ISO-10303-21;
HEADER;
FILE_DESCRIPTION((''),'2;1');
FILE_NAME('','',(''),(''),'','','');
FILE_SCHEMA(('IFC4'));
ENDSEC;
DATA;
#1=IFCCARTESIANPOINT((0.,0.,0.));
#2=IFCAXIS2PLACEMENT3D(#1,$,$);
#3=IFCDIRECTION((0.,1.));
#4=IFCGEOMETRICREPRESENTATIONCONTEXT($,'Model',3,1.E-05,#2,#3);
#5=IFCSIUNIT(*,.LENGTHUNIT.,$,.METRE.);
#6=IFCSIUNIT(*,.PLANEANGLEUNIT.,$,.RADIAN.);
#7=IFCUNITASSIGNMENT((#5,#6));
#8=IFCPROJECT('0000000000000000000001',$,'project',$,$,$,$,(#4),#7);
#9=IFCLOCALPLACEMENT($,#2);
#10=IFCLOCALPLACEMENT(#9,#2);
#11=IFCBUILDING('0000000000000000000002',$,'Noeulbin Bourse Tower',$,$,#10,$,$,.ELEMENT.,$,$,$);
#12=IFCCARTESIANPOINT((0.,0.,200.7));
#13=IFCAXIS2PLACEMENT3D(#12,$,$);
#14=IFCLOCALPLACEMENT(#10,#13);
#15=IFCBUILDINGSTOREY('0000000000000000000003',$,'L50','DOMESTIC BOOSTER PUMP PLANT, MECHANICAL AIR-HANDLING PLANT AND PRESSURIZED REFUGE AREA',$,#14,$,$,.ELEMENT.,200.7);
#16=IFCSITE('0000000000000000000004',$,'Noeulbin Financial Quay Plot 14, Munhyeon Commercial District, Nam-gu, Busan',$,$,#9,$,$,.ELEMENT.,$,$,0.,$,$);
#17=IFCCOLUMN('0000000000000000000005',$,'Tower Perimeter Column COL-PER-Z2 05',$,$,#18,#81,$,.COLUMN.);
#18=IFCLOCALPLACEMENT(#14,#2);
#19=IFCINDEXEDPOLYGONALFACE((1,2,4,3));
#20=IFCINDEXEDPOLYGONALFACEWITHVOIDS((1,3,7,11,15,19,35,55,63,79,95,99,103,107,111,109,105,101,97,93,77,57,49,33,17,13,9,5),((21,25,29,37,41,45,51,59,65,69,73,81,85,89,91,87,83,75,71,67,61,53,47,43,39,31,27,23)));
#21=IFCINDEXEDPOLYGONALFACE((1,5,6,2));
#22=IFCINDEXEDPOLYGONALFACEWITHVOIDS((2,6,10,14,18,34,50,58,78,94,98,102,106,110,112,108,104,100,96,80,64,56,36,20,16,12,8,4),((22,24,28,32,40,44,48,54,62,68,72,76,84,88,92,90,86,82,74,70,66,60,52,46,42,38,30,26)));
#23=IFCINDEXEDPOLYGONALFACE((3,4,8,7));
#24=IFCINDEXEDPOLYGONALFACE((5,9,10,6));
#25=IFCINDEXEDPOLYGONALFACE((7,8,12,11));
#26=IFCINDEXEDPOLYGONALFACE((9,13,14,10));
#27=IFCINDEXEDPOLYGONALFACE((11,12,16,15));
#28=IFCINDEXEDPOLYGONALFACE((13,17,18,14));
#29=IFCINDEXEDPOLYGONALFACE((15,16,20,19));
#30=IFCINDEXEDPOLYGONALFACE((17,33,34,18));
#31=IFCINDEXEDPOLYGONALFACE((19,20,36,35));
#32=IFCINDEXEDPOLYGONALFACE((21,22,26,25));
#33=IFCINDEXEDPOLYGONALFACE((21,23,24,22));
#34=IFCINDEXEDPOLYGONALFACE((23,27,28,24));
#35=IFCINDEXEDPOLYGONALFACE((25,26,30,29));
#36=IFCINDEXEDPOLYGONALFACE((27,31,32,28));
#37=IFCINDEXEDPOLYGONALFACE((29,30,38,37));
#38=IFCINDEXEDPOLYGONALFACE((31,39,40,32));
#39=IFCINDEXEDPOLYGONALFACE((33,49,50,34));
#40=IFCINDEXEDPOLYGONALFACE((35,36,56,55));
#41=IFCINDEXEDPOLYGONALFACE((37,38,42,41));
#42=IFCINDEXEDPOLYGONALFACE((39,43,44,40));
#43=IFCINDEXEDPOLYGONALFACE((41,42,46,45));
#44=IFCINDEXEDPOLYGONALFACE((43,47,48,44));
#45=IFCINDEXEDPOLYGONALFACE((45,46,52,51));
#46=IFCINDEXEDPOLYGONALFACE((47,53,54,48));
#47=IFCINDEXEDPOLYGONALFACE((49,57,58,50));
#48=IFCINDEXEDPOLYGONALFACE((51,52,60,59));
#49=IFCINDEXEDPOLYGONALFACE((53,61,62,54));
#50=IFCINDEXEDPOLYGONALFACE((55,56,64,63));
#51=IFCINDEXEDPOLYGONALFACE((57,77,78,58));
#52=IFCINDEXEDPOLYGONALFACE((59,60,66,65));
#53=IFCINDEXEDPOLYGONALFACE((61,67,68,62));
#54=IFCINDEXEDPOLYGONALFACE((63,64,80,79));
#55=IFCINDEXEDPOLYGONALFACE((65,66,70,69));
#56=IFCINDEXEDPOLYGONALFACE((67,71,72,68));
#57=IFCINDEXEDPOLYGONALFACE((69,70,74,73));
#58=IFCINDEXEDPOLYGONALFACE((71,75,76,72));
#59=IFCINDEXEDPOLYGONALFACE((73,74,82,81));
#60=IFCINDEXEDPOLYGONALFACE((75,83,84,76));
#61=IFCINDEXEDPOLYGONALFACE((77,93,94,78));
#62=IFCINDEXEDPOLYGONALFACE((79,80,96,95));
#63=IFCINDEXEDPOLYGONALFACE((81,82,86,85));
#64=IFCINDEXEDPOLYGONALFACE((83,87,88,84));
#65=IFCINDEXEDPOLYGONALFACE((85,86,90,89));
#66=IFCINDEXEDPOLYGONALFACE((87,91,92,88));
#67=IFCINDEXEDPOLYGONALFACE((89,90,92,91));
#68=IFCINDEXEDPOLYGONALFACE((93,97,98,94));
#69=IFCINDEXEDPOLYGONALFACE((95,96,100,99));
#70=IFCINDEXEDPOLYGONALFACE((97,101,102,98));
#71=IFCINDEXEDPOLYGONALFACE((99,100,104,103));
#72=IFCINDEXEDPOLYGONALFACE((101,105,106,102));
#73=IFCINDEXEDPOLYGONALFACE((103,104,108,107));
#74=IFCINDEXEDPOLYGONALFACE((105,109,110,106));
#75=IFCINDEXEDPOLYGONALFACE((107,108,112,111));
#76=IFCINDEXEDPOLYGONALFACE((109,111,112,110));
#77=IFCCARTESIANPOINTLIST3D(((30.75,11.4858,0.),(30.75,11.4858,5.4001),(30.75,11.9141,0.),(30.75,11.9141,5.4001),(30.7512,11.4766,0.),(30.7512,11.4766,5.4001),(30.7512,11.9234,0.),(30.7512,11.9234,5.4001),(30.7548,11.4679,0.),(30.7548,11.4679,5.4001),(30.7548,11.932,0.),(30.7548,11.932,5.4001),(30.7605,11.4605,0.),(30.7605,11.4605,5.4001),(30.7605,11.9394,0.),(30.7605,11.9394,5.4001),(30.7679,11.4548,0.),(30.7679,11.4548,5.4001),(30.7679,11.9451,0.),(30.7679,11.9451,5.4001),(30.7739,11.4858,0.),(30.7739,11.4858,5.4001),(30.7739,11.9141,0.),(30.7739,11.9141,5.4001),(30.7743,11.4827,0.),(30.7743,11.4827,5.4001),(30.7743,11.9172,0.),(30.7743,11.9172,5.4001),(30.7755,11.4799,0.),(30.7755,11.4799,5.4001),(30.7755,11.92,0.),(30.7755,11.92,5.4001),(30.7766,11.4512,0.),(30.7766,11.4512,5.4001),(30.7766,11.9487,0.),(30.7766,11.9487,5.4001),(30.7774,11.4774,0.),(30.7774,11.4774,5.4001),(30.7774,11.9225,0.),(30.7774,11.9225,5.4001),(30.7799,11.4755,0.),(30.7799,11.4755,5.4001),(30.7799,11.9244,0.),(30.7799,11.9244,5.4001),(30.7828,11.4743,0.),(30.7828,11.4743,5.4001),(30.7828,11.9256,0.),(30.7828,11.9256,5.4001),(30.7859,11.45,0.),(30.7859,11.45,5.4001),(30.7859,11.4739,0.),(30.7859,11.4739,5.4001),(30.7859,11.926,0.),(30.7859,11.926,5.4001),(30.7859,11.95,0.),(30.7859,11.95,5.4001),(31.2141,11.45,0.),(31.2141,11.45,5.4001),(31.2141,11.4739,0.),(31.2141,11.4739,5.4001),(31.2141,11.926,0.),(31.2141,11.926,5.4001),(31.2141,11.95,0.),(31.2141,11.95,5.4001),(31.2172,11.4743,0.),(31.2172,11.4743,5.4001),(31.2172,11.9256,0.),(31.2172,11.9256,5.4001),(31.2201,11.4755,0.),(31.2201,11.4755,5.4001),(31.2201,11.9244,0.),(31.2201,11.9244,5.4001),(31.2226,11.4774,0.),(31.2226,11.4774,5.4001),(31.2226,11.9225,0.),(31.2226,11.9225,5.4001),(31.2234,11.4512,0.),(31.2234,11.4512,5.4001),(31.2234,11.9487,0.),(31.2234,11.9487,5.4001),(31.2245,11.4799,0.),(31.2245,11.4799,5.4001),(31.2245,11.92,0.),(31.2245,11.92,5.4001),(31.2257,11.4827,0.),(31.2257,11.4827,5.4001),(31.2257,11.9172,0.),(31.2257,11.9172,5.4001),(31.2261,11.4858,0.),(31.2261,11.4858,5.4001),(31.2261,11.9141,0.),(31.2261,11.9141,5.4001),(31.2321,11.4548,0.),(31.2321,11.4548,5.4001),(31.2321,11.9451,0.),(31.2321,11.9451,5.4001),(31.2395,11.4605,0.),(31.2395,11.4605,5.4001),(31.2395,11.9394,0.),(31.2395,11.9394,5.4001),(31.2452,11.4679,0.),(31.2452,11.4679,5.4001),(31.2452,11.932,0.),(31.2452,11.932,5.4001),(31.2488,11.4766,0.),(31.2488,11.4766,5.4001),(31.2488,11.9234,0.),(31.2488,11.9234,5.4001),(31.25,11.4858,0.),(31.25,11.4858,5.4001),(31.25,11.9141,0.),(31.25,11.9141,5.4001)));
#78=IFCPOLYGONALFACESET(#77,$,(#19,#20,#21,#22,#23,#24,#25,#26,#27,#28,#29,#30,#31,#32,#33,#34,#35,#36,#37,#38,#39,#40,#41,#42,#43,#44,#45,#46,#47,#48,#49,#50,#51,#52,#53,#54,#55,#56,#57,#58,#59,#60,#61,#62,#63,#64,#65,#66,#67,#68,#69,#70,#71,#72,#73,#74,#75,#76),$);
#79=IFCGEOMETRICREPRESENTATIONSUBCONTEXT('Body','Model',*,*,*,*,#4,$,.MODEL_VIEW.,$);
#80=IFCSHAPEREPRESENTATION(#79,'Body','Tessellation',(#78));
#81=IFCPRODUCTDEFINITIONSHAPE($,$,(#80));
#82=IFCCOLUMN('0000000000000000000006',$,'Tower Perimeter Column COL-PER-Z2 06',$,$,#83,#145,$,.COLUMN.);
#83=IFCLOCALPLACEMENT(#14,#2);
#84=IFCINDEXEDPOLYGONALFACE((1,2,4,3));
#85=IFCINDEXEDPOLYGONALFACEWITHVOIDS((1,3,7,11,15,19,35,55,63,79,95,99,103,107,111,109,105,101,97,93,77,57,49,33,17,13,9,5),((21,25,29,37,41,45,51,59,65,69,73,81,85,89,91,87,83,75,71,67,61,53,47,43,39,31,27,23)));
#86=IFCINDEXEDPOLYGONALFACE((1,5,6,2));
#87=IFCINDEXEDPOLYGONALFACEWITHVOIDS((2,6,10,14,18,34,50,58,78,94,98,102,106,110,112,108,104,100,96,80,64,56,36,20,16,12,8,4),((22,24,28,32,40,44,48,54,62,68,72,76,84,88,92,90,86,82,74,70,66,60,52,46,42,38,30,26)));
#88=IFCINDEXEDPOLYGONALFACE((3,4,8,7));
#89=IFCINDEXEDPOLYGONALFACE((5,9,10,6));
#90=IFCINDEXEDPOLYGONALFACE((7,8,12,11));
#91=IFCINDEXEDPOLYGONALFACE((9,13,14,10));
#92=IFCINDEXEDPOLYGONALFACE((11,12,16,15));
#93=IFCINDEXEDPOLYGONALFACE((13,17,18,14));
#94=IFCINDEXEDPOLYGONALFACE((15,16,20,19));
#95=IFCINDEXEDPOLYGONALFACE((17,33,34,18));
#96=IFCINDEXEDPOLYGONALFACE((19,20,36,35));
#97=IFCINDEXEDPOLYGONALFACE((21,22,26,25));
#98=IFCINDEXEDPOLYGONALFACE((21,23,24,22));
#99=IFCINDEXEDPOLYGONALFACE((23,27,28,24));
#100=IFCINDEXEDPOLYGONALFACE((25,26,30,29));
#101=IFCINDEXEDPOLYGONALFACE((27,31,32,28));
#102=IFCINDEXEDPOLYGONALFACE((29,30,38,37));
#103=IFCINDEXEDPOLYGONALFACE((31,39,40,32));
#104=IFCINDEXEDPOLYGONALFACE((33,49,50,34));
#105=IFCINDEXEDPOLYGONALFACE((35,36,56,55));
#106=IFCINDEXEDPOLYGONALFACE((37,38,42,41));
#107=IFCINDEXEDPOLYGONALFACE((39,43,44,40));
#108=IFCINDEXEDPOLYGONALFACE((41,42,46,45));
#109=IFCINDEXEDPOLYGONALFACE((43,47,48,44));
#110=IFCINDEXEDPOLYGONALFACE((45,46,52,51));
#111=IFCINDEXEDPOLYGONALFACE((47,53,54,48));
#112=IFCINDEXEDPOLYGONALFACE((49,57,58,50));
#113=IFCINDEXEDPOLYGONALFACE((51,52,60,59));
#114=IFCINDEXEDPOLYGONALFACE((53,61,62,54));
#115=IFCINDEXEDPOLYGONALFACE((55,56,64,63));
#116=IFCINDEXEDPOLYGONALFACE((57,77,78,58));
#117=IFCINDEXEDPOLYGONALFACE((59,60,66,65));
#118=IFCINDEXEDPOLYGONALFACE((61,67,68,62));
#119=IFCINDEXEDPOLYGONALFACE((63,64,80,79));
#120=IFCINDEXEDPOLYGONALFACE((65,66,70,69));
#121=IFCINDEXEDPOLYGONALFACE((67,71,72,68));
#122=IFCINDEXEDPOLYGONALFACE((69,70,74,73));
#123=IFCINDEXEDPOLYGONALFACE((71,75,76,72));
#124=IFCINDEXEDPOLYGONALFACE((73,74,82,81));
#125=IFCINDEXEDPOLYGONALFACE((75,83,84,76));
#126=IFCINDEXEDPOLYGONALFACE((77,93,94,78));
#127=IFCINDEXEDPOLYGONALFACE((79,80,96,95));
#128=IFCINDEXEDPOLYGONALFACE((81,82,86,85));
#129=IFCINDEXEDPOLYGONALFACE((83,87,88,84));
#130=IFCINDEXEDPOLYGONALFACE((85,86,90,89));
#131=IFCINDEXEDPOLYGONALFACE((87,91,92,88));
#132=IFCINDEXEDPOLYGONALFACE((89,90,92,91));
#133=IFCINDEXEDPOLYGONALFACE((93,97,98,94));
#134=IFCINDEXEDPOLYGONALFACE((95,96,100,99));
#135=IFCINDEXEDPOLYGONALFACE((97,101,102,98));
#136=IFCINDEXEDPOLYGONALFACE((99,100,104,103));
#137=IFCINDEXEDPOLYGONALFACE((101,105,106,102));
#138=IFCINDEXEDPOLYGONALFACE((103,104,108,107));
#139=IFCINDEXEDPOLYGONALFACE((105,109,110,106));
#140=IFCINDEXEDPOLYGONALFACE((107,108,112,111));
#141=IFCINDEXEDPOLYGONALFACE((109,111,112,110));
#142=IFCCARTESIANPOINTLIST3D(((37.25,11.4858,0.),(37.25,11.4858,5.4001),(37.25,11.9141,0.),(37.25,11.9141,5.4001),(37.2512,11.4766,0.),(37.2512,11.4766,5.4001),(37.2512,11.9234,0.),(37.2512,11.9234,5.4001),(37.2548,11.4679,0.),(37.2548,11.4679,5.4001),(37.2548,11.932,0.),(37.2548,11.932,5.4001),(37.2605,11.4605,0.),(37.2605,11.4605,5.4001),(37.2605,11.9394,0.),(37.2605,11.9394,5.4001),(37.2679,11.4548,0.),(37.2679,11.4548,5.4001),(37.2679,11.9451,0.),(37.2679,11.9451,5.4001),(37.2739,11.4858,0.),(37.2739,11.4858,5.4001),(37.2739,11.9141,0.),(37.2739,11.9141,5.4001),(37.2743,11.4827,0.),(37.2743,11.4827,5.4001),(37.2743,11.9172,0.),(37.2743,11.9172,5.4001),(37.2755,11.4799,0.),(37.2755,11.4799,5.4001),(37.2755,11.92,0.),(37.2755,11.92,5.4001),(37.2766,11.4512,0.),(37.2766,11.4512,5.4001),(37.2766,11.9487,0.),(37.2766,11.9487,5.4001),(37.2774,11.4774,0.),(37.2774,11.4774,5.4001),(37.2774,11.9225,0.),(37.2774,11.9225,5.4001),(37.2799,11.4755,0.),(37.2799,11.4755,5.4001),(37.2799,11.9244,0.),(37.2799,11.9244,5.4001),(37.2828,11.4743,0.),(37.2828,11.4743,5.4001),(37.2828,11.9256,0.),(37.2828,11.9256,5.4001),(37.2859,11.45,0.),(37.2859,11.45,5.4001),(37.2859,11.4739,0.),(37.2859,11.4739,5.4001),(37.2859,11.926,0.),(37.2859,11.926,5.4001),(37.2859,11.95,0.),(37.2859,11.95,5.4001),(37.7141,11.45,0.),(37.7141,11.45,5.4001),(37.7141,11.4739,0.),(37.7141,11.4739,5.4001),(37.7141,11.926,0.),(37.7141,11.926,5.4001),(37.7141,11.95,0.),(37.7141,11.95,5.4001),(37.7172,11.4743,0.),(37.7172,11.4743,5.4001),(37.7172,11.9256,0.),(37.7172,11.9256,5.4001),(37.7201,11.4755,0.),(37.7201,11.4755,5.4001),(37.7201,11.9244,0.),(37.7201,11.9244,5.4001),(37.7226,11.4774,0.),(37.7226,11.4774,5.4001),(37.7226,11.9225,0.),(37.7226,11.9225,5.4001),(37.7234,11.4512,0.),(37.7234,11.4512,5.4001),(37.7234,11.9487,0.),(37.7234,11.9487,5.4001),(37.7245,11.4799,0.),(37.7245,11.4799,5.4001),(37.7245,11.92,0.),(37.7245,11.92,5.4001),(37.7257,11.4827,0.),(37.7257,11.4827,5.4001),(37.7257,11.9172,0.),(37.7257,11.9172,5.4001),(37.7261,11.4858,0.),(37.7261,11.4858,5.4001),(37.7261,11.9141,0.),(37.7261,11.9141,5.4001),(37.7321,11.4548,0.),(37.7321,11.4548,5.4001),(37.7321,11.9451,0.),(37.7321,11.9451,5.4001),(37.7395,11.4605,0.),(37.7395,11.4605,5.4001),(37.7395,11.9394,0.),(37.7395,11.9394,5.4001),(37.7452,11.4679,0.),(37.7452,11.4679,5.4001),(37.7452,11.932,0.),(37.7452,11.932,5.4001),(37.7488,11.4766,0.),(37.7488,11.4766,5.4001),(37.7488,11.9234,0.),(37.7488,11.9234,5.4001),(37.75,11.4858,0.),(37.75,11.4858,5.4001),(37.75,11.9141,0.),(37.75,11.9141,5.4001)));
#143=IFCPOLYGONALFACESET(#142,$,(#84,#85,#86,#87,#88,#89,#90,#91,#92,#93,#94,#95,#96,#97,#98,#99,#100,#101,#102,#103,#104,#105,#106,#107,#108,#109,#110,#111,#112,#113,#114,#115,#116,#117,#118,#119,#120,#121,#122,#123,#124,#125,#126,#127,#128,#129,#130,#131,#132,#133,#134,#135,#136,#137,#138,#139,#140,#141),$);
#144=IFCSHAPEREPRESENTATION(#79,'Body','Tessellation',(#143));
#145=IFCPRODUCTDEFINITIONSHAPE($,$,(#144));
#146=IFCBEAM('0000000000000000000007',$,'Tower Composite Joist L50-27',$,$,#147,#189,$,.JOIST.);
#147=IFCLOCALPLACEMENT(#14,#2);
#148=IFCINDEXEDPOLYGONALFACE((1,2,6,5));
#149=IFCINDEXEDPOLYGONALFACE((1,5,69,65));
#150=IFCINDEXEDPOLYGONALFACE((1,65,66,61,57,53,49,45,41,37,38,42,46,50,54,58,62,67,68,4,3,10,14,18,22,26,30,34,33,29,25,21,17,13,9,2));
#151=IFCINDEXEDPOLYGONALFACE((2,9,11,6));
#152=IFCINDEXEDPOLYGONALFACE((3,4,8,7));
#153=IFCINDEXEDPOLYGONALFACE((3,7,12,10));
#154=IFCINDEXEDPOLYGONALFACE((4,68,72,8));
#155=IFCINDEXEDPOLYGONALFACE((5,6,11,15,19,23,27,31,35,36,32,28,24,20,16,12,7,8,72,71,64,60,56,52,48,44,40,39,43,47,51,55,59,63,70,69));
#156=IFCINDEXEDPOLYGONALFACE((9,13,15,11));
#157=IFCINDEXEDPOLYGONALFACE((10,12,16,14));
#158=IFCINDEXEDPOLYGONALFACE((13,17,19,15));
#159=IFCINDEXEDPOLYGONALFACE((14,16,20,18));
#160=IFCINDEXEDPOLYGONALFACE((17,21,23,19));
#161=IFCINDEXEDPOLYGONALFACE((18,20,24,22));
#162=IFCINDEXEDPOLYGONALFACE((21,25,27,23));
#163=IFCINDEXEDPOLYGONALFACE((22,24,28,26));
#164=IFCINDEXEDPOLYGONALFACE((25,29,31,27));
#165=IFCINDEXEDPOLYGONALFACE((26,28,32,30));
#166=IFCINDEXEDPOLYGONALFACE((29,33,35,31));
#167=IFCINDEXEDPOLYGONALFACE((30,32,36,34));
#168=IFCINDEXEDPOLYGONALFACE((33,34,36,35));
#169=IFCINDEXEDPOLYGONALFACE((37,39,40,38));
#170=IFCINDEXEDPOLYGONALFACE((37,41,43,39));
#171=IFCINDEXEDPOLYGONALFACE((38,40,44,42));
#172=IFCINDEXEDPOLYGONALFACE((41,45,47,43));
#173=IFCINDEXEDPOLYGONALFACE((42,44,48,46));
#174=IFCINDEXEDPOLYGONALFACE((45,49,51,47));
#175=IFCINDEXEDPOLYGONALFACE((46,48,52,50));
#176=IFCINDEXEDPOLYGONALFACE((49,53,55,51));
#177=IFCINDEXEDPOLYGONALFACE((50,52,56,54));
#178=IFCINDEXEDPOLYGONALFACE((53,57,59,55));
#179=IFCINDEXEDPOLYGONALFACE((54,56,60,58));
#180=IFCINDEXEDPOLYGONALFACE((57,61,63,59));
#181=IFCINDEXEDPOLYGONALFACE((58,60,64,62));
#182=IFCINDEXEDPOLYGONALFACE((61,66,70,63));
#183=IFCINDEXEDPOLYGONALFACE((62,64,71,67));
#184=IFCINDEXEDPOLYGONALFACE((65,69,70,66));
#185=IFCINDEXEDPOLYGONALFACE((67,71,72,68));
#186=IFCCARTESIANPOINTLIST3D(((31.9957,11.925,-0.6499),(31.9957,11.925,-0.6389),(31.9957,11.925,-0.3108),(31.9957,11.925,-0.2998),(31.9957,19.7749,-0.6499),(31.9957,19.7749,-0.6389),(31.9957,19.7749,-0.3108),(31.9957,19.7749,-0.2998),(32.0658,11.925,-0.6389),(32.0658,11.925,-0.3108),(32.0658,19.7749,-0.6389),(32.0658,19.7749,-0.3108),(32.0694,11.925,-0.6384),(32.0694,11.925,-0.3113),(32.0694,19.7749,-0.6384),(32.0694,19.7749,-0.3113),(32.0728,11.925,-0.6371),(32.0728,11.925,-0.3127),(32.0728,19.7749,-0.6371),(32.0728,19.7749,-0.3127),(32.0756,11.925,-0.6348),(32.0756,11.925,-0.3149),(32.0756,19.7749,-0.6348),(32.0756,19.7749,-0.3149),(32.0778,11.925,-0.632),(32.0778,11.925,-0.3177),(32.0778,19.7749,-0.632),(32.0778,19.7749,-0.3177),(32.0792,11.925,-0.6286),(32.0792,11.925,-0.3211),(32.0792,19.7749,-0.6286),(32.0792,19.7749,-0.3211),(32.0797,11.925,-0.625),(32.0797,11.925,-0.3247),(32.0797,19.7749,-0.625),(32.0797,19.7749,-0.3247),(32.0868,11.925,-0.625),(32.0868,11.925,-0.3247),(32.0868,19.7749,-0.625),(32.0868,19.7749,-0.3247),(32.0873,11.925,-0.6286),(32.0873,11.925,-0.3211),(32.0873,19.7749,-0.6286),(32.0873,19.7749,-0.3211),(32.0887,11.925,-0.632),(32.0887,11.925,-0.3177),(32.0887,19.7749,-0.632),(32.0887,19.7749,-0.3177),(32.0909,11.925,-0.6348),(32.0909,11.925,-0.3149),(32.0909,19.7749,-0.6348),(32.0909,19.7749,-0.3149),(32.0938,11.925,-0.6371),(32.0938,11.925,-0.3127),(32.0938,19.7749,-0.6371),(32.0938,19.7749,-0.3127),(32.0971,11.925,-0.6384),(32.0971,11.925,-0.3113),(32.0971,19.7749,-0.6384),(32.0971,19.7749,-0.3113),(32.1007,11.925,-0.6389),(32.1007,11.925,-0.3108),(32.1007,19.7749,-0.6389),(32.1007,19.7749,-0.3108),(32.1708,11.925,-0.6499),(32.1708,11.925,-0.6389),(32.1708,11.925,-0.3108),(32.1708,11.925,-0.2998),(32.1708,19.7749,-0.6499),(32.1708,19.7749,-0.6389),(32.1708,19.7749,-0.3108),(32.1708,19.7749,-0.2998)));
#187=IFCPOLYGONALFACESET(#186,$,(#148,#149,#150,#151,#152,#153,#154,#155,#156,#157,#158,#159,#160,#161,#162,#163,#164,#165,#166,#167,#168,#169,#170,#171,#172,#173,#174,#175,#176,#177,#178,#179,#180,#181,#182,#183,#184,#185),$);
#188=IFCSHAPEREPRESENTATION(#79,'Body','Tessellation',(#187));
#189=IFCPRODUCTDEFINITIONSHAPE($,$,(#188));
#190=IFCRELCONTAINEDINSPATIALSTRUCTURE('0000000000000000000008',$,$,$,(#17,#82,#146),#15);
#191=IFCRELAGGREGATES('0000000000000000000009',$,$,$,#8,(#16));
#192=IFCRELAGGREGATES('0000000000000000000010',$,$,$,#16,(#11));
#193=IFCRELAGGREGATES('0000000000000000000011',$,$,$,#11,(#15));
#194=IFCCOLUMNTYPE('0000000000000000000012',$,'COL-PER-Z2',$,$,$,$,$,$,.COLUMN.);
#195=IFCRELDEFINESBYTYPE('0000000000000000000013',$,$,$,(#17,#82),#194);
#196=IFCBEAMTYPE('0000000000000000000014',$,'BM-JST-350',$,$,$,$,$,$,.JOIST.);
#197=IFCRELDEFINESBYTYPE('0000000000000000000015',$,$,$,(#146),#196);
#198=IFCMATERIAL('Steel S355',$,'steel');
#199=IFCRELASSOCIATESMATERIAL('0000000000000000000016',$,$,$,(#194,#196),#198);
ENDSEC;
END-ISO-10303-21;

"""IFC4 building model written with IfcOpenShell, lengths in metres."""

from ifc_helpers import new_model, si_unit, direction, frame, origin, origin_2d, place, context, subcontext, project, spatial, hollow_rectangle, i_section, extrude, material, material_profile, profile_set, type_object, element, save


model = new_model("IFC4")

# Units and contexts
model_context = context("Model", 3, precision=1e-05, world=origin(), true_north=direction((0.0, 1.0)))
body_context = subcontext(model_context, "Body", "Model", "MODEL_VIEW")
ifc_project = project(units=[si_unit("LENGTHUNIT", "METRE"), si_unit("PLANEANGLEUNIT", "RADIAN")], contexts=[model_context])

# Site, building, storey
site_placement = place(None, origin())
site = spatial("IfcSite", under=ifc_project, at=site_placement, Name="Noeulbin Financial Quay Plot 14, Munhyeon Commercial District, Nam-gu, Busan", CompositionType="ELEMENT", RefElevation=0.0)
building_placement = place(site_placement, origin())
building = spatial("IfcBuilding", under=site, at=building_placement, Name="Noeulbin Bourse Tower", CompositionType="ELEMENT")
storey_placement = place(building_placement, frame((0.0, 0.0, 200.7)))
storey = spatial("IfcBuildingStorey", under=building, at=storey_placement, Name="L50", Description="DOMESTIC BOOSTER PUMP PLANT, MECHANICAL AIR-HANDLING PLANT AND PRESSURIZED REFUGE AREA", CompositionType="ELEMENT", Elevation=200.7)

# Columns
ifc_material_1 = material(Name="Steel S355", Category="steel")
ifc_material_profile_1 = material_profile(ifc_material_1, hollow_rectangle(XDim=0.5, YDim=0.5, WallThickness=0.0239, InnerFilletRadius=0.012, OuterFilletRadius=0.0359, at=origin_2d()), Name="BOX-500x500x24", Category="LoadBearing")
ifc_profile_set_1 = profile_set([ifc_material_profile_1], Name="Steel S355")
column_type = type_object("IfcColumnType", Name="COL-PER-Z2", PredefinedType="COLUMN", material=ifc_profile_set_1)
for number, where, z_axis, x_axis, name in (
    (1, (31.0, 11.7, 0.0), (0.0, 0.0, 1.0), (1.0, 0.0, 0.0), "Tower Perimeter Column COL-PER-Z2 05"),
    (2, (37.5, 11.7, 0.0), (0.0, 0.0, 1.0), (1.0, 0.0, 0.0), "Tower Perimeter Column COL-PER-Z2 06"),
):
    element("IfcColumn", number, at=place(storey_placement, frame(where, z_axis=z_axis, x_axis=x_axis)), inside=storey, type_object=column_type, Name=name, PredefinedType="COLUMN", context=body_context, shape_type="SweptSolid", body=[
        extrude(hollow_rectangle(XDim=0.5, YDim=0.5, WallThickness=0.0239, InnerFilletRadius=0.012, OuterFilletRadius=0.0359, at=origin_2d()), origin(), (0.0, 0.0, 1.0), 5.4001),
    ])

# Beam
ifc_material_profile_2 = material_profile(ifc_material_1, i_section(OverallWidth=0.175, OverallDepth=0.3501, WebThickness=0.0071, FlangeThickness=0.011, FilletRadius=0.0139, at=origin_2d()), Name="H-350x175x7x11", Category="LoadBearing")
ifc_profile_set_2 = profile_set([ifc_material_profile_2], Name="Steel S355")
beam_type_1 = type_object("IfcBeamType", Name="BM-JST-350", PredefinedType="JOIST", material=ifc_profile_set_2)
for number, where, z_axis, x_axis, name in (
    (3, (32.0833, 11.925, -0.4749), (0.0, 1.0, 0.0), (-1.0, 0.0, 0.0), "Tower Composite Joist L50-27"),
):
    element("IfcBeam", number, at=place(storey_placement, frame(where, z_axis=z_axis, x_axis=x_axis)), inside=storey, type_object=beam_type_1, Name=name, PredefinedType="JOIST", context=body_context, shape_type="SweptSolid", body=[
        extrude(i_section(OverallWidth=0.175, OverallDepth=0.3501, WebThickness=0.0071, FlangeThickness=0.011, FilletRadius=0.0139, at=origin_2d()), origin(), (0.0, 0.0, 1.0), 7.8499),
    ])

save(model, "model.ifc")
